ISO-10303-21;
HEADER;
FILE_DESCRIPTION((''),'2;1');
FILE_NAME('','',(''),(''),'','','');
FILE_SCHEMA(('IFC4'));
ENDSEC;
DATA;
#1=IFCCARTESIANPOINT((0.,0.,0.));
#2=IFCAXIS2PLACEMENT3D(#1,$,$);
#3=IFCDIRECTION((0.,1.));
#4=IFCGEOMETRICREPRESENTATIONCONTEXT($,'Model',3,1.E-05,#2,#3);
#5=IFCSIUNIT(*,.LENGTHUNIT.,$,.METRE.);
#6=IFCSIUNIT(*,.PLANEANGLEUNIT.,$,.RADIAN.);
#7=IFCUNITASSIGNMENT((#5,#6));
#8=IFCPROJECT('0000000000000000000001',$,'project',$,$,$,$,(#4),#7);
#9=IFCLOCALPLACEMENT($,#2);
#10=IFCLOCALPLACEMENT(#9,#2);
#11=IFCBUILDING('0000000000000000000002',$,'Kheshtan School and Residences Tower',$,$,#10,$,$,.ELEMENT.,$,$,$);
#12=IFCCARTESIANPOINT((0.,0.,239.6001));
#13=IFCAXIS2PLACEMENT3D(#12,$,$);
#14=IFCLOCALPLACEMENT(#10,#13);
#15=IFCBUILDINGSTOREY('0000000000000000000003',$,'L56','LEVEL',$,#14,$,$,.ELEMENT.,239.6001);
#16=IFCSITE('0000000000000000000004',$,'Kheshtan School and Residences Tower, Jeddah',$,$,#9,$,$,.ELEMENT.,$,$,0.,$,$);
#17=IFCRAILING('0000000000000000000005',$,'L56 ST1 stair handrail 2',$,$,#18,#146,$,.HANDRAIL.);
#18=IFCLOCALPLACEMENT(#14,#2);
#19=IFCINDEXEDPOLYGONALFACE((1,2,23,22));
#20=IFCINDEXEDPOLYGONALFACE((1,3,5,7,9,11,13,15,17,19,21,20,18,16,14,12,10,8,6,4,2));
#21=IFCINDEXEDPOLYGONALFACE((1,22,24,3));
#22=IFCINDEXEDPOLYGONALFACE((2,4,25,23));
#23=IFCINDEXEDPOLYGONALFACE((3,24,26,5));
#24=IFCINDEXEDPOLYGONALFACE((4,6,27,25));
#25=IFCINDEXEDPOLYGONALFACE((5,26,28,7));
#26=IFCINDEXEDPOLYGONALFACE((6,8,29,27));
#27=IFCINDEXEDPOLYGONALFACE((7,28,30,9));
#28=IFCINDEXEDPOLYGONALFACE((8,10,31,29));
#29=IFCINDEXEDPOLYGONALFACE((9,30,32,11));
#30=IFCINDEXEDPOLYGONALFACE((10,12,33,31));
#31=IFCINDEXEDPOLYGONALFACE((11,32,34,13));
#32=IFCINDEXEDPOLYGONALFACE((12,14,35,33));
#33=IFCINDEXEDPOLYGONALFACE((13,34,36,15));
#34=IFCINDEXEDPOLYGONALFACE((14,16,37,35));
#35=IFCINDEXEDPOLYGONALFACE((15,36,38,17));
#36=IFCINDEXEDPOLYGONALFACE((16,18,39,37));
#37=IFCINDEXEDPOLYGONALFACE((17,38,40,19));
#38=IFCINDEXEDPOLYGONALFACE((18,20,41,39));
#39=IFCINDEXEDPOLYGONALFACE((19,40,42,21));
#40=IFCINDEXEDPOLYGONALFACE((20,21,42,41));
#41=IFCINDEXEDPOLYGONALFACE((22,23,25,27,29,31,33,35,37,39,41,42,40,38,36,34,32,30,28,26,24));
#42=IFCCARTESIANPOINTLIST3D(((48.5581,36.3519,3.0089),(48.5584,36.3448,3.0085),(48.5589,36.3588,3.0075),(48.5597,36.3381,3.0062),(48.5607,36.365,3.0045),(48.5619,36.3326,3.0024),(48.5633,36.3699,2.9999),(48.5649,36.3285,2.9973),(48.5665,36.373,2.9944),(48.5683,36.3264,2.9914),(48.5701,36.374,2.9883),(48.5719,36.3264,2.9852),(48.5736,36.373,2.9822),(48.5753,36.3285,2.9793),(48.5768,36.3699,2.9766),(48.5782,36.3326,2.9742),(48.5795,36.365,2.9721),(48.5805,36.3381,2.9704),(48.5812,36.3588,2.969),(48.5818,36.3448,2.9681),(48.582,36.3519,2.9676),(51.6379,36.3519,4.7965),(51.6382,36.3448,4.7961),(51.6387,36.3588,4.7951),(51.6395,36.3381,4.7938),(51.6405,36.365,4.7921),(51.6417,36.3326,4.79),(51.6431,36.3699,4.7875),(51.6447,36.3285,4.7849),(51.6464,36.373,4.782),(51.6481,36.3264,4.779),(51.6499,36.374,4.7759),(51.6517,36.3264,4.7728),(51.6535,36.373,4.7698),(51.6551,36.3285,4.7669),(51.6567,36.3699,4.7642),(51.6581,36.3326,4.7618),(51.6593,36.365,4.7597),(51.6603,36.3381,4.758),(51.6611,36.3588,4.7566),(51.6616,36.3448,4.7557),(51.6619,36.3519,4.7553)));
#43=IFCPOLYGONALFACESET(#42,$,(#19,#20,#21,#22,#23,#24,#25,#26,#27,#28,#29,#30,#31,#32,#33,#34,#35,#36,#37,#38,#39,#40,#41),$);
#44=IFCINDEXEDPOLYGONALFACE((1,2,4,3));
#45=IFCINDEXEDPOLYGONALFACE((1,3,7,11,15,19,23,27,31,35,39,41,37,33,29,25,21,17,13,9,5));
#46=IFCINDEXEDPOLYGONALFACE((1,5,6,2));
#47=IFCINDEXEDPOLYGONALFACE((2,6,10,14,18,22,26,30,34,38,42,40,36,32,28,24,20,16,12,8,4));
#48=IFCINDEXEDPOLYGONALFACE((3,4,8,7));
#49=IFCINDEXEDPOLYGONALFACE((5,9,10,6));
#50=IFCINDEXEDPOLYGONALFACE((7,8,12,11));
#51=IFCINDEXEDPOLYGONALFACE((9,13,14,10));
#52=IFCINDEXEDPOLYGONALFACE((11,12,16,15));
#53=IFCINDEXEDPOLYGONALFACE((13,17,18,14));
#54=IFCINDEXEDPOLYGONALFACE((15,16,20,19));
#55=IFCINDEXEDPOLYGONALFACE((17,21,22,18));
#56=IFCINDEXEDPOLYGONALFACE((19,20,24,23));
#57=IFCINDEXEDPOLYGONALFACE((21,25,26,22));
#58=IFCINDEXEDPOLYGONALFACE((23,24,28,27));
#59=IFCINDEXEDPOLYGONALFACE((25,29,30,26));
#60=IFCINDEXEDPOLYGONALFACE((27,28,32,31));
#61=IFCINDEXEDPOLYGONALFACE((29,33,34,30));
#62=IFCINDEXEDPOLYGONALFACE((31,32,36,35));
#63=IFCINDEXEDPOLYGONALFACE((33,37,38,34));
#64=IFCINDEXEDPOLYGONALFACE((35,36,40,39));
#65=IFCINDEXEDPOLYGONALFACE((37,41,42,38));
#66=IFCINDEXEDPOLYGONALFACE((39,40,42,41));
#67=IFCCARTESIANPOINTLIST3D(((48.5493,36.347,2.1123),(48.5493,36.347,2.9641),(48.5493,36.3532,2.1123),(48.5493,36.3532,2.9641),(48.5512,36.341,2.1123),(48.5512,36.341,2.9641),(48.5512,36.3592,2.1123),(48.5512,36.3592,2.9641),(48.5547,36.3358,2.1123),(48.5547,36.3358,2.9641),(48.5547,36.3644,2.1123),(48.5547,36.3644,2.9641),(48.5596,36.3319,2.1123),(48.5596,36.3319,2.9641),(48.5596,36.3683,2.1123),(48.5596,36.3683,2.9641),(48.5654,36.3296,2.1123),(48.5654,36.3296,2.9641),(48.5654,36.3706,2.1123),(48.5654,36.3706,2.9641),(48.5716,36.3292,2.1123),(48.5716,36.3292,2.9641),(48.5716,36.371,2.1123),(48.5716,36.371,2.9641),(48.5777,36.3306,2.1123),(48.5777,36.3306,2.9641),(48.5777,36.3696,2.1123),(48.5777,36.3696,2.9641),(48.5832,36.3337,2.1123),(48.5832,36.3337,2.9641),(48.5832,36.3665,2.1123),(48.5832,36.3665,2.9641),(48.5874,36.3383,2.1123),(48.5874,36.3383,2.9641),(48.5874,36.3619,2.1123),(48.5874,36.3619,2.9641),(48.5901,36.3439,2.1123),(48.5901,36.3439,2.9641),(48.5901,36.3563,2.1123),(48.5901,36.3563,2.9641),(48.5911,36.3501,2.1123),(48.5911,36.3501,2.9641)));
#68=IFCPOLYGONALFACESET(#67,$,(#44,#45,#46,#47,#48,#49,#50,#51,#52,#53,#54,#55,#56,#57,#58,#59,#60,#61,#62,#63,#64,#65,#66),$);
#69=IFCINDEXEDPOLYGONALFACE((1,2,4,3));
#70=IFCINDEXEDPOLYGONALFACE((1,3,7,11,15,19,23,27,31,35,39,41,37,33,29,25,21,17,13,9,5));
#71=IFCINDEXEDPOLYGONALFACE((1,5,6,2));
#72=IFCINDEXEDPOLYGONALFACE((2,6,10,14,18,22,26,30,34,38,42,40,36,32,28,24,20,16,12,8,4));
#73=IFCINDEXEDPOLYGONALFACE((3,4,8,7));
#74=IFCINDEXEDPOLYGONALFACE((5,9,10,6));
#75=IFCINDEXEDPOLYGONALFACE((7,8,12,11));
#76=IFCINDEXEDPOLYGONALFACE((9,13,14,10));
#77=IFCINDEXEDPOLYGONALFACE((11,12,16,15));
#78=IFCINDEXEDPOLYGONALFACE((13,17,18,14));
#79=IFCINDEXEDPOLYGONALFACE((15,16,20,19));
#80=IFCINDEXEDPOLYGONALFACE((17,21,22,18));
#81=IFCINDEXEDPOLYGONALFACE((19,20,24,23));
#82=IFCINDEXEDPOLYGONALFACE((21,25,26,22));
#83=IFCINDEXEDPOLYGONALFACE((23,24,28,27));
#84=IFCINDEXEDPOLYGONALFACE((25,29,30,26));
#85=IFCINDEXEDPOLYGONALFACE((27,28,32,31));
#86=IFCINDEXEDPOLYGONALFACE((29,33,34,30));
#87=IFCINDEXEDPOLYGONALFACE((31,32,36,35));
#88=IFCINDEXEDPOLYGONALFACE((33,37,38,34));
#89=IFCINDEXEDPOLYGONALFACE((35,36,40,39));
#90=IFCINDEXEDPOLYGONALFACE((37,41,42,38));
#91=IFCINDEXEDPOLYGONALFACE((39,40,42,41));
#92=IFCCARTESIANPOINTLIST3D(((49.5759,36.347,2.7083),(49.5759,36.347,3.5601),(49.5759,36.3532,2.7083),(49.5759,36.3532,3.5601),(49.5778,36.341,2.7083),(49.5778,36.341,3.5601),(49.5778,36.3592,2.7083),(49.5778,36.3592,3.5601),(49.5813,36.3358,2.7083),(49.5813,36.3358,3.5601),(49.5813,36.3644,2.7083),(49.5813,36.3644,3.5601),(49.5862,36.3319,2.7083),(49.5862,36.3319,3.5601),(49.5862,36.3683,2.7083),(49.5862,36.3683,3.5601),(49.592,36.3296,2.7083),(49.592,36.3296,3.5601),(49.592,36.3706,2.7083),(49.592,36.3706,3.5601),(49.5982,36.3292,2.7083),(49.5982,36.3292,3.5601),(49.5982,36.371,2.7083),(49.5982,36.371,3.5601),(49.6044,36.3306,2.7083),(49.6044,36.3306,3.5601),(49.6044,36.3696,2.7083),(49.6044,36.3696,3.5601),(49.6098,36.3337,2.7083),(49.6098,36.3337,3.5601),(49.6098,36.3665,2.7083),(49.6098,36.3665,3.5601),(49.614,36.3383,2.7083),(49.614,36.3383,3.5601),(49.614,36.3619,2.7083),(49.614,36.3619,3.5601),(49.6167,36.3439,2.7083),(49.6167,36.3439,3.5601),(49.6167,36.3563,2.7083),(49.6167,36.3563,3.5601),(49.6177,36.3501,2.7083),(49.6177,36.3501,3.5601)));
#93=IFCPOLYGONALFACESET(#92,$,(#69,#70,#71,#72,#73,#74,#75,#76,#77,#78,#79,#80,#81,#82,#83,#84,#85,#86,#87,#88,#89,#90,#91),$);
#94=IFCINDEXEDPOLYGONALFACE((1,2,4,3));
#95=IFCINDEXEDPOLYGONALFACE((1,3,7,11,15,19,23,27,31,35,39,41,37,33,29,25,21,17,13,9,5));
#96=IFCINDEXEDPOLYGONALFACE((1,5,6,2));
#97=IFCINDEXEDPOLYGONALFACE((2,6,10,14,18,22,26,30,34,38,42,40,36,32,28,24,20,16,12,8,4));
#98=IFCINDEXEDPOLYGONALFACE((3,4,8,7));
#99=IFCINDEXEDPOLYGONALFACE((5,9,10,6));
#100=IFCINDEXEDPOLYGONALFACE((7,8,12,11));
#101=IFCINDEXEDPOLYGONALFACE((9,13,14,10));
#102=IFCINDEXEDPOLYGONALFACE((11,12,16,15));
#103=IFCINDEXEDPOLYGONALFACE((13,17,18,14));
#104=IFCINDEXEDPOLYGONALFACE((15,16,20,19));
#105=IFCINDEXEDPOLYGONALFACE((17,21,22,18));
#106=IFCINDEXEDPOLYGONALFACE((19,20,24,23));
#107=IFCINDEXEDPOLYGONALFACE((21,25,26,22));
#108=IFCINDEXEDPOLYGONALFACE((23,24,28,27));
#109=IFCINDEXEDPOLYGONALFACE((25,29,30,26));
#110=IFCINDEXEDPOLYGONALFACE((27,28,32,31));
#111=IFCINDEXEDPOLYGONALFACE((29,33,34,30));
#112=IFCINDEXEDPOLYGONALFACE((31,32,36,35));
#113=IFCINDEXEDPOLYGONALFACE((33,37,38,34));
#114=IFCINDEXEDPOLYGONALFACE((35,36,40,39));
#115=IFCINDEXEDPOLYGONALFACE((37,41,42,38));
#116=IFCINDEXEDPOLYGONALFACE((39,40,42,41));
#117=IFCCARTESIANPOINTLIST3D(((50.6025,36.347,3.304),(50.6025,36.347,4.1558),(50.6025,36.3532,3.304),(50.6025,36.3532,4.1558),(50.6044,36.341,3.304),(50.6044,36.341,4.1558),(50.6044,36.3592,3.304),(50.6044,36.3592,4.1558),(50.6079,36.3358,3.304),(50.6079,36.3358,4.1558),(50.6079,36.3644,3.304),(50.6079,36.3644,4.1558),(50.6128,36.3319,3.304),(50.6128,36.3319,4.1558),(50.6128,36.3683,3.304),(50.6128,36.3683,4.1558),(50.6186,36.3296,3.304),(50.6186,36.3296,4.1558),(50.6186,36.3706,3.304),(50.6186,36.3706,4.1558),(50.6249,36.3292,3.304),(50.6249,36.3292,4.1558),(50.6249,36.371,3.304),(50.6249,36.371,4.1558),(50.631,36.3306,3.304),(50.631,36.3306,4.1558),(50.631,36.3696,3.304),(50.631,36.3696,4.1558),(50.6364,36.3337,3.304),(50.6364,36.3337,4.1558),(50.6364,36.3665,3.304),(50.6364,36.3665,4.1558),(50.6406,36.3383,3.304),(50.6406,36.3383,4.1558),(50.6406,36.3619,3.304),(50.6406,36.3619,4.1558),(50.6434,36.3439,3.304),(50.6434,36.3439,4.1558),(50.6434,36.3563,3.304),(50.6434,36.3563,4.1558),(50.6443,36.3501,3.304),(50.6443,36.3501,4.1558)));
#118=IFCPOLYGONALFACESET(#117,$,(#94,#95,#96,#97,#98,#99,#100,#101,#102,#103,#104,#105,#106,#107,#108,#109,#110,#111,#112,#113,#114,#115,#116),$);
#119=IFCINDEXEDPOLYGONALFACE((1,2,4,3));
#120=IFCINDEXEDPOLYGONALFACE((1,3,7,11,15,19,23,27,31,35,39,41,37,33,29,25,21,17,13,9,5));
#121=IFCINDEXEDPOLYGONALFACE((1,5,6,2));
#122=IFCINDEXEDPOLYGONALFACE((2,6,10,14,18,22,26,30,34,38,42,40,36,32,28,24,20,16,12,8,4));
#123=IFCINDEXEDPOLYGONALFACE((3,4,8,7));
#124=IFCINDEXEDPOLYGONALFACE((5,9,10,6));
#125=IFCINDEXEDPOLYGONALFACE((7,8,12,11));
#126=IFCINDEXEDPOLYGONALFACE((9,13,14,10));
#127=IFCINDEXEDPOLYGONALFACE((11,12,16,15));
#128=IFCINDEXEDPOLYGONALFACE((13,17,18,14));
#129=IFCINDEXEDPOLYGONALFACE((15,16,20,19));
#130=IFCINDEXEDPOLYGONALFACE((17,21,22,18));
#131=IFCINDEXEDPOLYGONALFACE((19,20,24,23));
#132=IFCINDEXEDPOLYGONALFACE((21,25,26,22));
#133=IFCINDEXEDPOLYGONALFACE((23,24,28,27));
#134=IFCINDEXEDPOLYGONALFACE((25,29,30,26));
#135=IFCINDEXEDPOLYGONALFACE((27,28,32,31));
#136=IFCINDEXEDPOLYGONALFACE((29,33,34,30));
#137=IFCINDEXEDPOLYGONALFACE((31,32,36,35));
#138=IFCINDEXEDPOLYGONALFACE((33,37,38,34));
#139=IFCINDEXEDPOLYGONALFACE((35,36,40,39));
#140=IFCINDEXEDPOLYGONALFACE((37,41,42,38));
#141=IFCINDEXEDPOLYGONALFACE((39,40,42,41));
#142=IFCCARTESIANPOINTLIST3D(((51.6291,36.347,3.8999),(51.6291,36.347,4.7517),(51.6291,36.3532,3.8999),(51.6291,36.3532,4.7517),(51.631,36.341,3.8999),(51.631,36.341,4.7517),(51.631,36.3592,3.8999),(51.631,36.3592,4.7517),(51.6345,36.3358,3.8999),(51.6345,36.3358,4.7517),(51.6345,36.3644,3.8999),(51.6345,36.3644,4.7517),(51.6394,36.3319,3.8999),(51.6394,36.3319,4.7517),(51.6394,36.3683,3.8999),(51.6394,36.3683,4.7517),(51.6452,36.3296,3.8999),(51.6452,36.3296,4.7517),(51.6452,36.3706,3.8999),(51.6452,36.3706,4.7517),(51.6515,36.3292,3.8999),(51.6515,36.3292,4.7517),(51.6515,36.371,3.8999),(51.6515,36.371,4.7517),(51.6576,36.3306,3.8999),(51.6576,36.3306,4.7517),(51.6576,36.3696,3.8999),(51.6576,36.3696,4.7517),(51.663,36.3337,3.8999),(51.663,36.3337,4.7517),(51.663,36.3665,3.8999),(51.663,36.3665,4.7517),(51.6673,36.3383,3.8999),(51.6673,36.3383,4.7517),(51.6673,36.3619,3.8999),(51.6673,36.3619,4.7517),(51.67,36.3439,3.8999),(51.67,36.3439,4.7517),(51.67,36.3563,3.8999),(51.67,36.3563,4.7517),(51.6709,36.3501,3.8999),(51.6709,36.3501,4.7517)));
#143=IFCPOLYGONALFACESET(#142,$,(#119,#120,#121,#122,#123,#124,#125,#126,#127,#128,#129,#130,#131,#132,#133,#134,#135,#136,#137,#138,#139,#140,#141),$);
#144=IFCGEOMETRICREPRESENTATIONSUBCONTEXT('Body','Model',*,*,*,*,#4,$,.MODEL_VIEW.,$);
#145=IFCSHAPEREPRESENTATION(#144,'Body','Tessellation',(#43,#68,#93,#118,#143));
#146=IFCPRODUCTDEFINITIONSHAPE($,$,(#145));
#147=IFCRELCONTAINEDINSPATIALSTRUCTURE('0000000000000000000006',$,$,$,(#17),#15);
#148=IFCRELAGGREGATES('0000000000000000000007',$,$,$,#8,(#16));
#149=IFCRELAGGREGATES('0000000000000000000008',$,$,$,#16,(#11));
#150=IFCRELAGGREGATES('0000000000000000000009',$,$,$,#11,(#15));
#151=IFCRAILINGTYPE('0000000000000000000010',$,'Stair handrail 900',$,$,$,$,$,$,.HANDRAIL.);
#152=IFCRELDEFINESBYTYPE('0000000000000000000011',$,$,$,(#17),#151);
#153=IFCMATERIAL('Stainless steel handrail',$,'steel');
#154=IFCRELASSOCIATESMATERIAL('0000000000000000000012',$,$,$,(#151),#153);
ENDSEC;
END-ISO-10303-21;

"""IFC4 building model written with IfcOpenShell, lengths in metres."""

from ifc_helpers import new_model, si_unit, direction, frame, origin, origin_2d, place, context, subcontext, project, spatial, circle, extrude, material, type_object, element, save


model = new_model("IFC4")

# Units and contexts
model_context = context("Model", 3, precision=1e-05, world=origin(), true_north=direction((0.0, 1.0)))
body_context = subcontext(model_context, "Body", "Model", "MODEL_VIEW")
ifc_project = project(units=[si_unit("LENGTHUNIT", "METRE"), si_unit("PLANEANGLEUNIT", "RADIAN")], contexts=[model_context])

# Site, building, storey
site_placement = place(None, origin())
site = spatial("IfcSite", under=ifc_project, at=site_placement, Name="Kheshtan School and Residences Tower, Jeddah", CompositionType="ELEMENT", RefElevation=0.0)
building_placement = place(site_placement, origin())
building = spatial("IfcBuilding", under=site, at=building_placement, Name="Kheshtan School and Residences Tower", CompositionType="ELEMENT")
storey_placement = place(building_placement, frame((0.0, 0.0, 239.6001)))
storey = spatial("IfcBuildingStorey", under=building, at=storey_placement, Name="L56", Description="LEVEL", CompositionType="ELEMENT", Elevation=239.6001)

# Railing
ifc_material_1 = material(Name="Stainless steel handrail", Category="steel")
railing_type_1 = type_object("IfcRailingType", Name="Stair handrail 900", PredefinedType="HANDRAIL", material=ifc_material_1)
railing_1_placement = place(storey_placement, frame((48.5701, 36.3501, 2.1123)))
element("IfcRailing", 1, at=railing_1_placement, inside=storey, type_object=railing_type_1, Name="L56 ST1 stair handrail 2", PredefinedType="HANDRAIL", context=body_context, shape_type="SweptSolid", body=[
    extrude(circle(Radius=0.0239, at=origin_2d()), frame((0.0, 0.0, 0.876), z_axis=(0.864873, 0.0, 0.50199), x_axis=(0.0, 1.0, 0.0)), (0.0, 0.0, 1.0), 3.561),
    extrude(circle(Radius=0.021, at=origin_2d()), origin(), (0.0, 0.0, 1.0), 0.8518),
    extrude(circle(Radius=0.021, at=origin_2d()), frame((1.0266, 0.0, 0.5959)), (0.0, 0.0, 1.0), 0.8518),
    extrude(circle(Radius=0.021, at=origin_2d()), frame((2.0532, 0.0, 1.1917)), (0.0, 0.0, 1.0), 0.8518),
    extrude(circle(Radius=0.021, at=origin_2d()), frame((3.0798, 0.0, 1.7876)), (0.0, 0.0, 1.0), 0.8518),
])

save(model, "model.ifc")
